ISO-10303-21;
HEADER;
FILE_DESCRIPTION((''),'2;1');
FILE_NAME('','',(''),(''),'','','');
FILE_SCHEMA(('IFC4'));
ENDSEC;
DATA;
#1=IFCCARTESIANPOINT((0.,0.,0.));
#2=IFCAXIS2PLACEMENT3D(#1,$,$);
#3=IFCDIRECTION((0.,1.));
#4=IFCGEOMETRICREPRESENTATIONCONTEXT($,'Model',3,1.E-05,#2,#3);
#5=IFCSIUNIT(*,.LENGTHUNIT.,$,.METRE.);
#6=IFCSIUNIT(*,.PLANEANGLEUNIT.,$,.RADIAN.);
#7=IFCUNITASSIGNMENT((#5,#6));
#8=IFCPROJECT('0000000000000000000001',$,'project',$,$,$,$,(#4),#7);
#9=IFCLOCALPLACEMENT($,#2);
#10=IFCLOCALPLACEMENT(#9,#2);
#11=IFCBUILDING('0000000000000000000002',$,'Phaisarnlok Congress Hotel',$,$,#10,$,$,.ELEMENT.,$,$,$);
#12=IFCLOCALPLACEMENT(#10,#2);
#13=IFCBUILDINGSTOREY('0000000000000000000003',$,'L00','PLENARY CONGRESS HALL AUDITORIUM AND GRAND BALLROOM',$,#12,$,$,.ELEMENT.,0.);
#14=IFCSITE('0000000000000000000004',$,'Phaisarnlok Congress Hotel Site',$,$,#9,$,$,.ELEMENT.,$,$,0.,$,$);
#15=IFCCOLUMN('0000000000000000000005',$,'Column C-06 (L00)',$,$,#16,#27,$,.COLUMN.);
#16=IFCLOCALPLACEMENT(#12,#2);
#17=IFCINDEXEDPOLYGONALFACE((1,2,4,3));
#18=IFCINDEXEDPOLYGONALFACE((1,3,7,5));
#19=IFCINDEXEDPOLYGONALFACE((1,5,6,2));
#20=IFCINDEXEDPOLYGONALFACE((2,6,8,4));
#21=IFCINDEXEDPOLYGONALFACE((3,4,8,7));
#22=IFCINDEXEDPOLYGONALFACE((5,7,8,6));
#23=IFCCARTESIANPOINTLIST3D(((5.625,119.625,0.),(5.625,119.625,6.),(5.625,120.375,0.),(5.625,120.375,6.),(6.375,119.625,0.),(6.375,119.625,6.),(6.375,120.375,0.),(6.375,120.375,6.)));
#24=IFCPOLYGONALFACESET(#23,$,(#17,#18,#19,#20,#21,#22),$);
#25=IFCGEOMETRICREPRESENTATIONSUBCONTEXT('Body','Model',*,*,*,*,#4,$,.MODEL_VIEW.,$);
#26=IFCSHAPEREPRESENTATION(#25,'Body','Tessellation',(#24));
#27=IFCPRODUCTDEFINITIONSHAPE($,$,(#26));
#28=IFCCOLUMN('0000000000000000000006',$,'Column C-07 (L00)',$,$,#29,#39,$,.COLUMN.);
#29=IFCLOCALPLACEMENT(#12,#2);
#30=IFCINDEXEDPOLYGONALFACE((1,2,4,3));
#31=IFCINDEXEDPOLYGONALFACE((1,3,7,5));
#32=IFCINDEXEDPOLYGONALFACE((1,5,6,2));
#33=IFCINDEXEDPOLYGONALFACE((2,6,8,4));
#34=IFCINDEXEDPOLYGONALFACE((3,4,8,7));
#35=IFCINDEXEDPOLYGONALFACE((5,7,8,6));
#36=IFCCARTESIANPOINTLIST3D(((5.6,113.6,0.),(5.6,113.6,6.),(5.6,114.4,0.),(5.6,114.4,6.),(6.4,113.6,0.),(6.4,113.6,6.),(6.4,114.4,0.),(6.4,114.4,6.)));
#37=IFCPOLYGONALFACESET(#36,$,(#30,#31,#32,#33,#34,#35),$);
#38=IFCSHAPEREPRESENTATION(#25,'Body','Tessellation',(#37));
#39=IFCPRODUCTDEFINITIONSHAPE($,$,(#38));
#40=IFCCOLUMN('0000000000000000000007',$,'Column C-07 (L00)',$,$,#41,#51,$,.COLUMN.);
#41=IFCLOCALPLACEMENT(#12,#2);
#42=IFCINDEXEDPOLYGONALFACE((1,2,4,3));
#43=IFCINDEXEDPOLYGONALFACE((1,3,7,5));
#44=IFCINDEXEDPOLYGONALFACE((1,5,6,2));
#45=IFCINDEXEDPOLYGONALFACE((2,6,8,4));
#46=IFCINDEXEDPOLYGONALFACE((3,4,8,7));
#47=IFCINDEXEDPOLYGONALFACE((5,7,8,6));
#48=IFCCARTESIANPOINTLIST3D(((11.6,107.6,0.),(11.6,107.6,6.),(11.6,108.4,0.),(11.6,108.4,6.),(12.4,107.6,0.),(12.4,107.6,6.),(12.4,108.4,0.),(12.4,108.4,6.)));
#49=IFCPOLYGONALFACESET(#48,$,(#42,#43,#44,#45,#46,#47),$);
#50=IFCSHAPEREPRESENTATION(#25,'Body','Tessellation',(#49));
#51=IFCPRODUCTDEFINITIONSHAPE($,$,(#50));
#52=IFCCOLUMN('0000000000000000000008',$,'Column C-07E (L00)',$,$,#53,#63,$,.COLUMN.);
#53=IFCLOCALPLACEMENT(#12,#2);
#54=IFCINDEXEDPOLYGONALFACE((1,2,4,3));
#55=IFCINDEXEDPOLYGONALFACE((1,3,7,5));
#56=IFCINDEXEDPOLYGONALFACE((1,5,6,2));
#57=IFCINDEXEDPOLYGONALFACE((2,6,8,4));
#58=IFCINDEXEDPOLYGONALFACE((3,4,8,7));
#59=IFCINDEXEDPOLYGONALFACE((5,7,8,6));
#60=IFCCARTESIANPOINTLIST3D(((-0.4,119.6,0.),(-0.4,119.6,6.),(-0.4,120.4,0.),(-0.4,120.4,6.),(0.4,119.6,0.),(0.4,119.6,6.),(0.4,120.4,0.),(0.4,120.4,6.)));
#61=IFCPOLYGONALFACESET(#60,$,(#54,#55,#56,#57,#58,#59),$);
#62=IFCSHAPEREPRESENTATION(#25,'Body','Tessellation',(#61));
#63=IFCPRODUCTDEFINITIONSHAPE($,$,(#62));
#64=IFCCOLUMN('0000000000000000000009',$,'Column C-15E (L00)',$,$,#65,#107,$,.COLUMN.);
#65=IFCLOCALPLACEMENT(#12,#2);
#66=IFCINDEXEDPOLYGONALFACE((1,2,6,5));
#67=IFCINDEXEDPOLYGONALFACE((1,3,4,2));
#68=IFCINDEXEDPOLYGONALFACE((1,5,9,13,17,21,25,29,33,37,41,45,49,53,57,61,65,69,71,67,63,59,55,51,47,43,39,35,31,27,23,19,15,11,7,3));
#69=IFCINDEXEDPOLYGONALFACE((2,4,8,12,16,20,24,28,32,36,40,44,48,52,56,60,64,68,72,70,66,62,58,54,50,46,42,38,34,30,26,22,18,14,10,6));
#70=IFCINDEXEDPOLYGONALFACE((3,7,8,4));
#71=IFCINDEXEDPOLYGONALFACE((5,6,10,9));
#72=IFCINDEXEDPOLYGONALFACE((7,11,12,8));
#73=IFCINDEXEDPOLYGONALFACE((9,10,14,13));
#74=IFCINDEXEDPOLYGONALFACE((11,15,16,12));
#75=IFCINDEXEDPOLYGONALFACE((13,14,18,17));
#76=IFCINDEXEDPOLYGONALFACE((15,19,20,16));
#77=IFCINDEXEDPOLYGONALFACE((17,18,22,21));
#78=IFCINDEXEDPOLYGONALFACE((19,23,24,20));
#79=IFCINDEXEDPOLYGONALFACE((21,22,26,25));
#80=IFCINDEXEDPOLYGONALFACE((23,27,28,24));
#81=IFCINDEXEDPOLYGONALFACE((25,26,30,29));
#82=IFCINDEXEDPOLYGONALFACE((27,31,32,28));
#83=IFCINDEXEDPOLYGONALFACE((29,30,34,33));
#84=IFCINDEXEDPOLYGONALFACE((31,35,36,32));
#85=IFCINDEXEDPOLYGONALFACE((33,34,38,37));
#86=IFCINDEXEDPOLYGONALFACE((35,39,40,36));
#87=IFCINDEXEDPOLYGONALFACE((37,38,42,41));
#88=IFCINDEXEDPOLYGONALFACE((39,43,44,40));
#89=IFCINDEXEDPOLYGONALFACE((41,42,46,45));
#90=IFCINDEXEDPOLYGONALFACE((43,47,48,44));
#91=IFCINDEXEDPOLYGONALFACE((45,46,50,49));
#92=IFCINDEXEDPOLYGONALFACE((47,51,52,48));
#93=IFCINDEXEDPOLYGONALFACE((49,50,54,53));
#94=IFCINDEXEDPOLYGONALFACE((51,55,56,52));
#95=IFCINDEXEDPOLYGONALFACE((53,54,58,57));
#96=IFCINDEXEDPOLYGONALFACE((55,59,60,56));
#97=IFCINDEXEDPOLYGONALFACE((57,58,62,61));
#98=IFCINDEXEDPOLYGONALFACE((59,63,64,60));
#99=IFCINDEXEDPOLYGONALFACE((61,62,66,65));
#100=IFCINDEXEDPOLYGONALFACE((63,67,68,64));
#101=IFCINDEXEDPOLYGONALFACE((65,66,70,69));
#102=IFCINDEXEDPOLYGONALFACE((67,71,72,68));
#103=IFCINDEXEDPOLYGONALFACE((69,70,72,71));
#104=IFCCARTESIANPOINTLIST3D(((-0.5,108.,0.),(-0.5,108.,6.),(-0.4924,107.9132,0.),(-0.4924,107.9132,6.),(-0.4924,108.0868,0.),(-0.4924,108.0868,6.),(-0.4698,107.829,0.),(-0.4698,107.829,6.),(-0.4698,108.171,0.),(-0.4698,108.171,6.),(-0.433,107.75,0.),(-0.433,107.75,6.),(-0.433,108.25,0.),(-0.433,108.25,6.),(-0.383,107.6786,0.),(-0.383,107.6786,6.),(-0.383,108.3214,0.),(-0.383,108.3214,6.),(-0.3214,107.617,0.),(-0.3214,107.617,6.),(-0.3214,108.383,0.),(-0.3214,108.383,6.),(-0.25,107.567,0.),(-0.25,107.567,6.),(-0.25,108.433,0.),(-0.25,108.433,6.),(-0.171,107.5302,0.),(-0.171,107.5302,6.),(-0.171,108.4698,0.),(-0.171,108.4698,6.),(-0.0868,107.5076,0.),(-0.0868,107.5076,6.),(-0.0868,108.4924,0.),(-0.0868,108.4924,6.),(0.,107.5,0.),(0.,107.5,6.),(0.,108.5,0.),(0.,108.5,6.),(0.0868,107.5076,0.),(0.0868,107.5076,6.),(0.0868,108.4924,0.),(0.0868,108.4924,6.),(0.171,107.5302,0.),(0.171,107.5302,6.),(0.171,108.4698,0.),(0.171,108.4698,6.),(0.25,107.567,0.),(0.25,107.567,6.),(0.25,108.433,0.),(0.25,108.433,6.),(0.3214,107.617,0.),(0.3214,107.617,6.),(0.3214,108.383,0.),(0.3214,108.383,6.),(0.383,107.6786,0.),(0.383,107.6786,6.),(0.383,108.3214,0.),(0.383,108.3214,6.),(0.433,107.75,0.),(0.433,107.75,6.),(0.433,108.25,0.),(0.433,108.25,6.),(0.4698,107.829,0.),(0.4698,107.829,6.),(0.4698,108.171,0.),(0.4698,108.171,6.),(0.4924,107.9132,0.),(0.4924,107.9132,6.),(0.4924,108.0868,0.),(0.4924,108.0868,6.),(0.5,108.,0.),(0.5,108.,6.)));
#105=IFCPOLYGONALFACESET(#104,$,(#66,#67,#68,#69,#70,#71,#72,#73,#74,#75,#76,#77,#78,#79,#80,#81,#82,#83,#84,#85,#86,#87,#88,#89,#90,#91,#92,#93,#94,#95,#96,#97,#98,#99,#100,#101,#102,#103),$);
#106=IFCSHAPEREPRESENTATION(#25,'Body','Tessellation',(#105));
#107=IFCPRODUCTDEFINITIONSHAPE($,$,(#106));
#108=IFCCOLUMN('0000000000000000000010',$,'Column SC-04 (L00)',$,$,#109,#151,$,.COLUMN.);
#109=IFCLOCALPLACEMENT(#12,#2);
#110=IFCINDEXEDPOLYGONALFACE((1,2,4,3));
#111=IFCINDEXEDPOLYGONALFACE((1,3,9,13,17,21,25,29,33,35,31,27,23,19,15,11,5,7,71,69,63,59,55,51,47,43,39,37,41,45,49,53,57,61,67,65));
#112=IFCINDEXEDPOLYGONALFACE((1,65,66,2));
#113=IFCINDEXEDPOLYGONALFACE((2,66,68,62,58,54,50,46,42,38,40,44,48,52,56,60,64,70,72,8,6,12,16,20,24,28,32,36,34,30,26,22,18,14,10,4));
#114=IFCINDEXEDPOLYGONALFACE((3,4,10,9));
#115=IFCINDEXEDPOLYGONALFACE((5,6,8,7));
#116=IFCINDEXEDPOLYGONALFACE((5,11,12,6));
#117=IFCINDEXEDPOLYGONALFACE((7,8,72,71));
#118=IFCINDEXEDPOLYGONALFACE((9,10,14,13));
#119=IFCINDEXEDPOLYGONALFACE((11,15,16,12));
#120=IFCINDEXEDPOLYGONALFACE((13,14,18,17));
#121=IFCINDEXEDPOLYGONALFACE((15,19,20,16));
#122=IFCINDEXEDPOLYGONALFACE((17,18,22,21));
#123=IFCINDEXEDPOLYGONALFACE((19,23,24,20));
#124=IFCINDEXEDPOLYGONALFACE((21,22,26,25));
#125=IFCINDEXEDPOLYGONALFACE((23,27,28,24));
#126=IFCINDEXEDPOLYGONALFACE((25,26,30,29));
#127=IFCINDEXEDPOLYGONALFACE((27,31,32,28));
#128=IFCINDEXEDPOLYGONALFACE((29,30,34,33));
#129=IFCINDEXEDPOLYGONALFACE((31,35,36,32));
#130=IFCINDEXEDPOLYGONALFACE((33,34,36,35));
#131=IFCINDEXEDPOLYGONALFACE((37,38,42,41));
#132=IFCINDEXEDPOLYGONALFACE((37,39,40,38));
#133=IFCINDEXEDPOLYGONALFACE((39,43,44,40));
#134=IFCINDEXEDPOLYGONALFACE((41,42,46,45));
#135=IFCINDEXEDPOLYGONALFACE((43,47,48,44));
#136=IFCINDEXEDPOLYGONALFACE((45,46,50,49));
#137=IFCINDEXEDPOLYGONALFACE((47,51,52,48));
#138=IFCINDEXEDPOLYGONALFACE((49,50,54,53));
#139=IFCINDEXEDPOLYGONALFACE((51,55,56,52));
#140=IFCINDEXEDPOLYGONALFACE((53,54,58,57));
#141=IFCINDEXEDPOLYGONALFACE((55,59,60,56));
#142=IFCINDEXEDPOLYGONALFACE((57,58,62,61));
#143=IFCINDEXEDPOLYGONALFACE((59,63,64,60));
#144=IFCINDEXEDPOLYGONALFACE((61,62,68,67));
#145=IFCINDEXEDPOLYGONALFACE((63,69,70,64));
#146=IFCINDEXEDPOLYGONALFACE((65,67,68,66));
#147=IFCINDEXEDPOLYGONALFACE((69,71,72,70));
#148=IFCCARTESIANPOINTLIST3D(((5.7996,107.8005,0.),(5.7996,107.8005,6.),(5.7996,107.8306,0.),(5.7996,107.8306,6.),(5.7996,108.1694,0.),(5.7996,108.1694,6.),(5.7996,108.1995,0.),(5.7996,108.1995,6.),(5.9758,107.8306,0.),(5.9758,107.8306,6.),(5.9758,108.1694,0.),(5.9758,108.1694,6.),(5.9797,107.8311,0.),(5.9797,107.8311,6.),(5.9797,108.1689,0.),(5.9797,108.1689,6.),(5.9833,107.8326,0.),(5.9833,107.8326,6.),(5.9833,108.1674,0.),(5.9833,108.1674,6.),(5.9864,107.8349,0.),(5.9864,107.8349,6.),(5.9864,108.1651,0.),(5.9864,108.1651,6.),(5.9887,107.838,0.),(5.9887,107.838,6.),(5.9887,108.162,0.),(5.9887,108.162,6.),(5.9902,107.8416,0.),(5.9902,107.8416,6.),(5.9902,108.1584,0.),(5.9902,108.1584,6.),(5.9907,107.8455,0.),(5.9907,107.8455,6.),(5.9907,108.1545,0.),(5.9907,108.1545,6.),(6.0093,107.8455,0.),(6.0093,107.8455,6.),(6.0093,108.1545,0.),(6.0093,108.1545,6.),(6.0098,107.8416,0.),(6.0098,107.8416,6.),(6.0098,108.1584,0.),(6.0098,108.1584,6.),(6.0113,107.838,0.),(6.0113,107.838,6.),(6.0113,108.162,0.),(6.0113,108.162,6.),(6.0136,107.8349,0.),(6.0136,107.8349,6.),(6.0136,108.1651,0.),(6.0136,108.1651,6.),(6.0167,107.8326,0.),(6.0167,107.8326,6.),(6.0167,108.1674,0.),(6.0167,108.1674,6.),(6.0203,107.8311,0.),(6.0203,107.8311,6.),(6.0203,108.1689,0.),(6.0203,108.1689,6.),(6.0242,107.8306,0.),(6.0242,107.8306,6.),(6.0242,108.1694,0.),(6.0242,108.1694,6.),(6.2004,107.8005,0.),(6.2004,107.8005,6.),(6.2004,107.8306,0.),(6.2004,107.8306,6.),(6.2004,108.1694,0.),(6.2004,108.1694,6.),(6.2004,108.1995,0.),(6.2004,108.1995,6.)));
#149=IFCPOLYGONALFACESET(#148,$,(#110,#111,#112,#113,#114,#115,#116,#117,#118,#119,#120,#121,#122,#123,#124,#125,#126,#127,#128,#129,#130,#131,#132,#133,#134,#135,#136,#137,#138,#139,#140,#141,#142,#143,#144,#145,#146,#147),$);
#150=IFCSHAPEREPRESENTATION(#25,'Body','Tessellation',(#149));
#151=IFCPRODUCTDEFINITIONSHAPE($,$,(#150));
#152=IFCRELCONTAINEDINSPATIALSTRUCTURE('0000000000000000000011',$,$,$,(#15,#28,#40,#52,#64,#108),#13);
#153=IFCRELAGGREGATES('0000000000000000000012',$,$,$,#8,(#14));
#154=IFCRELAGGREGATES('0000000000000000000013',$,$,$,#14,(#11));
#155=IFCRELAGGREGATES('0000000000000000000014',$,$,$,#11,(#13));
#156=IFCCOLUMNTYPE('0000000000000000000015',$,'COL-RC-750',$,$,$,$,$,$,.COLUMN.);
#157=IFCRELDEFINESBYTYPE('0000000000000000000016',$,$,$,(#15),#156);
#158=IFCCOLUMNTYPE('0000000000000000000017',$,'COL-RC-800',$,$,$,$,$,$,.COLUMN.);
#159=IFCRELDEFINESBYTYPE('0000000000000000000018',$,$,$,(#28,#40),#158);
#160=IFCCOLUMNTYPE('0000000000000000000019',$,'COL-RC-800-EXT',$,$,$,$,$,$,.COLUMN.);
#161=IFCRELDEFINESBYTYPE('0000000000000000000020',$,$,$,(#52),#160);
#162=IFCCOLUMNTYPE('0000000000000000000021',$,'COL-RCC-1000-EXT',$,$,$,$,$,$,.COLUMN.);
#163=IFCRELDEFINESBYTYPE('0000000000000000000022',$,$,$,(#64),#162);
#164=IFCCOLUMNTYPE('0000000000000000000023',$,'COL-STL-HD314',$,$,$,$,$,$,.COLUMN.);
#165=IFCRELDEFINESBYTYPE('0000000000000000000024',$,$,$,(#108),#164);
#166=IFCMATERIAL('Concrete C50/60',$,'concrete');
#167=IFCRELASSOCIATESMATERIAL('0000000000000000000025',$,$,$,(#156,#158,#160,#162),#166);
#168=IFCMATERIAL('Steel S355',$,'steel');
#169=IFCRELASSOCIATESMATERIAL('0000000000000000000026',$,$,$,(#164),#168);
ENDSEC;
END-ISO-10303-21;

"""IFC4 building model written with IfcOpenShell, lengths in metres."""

from ifc_helpers import new_model, si_unit, direction, frame, origin, origin_2d, place, context, subcontext, project, spatial, rectangle, circle, i_section, extrude, material, material_profile, profile_set, type_object, element, save


model = new_model("IFC4")

# Units and contexts
model_context = context("Model", 3, precision=1e-05, world=origin(), true_north=direction((0.0, 1.0)))
body_context = subcontext(model_context, "Body", "Model", "MODEL_VIEW")
ifc_project = project(units=[si_unit("LENGTHUNIT", "METRE"), si_unit("PLANEANGLEUNIT", "RADIAN")], contexts=[model_context])

# Site, building, storey
site_placement = place(None, origin())
site = spatial("IfcSite", under=ifc_project, at=site_placement, Name="Phaisarnlok Congress Hotel Site", CompositionType="ELEMENT", RefElevation=0.0)
building_placement = place(site_placement, origin())
building = spatial("IfcBuilding", under=site, at=building_placement, Name="Phaisarnlok Congress Hotel", CompositionType="ELEMENT")
storey_placement = place(building_placement, origin())
storey = spatial("IfcBuildingStorey", under=building, at=storey_placement, Name="L00", Description="PLENARY CONGRESS HALL AUDITORIUM AND GRAND BALLROOM", CompositionType="ELEMENT", Elevation=0.0)

# Columns
ifc_material_1 = material(Name="Concrete C50/60", Category="concrete")
ifc_material_profile_1 = material_profile(ifc_material_1, rectangle(XDim=0.75, YDim=0.75, at=origin_2d()), Name="RC 750x750")
ifc_profile_set_1 = profile_set([ifc_material_profile_1], Name="Concrete C50/60")
column_type_1 = type_object("IfcColumnType", Name="COL-RC-750", PredefinedType="COLUMN", material=ifc_profile_set_1)
column_1_placement = place(storey_placement, frame((6.0, 120.0, 0.0), z_axis=(0.0, 0.0, 1.0), x_axis=(1.0, 0.0, 0.0)))
element("IfcColumn", 1, at=column_1_placement, inside=storey, type_object=column_type_1, Name="Column C-06 (L00)", PredefinedType="COLUMN", context=body_context, shape_type="SweptSolid", body=[
    extrude(rectangle(XDim=0.75, YDim=0.75, at=origin_2d()), origin(), (0.0, 0.0, 1.0), 6.0),
])
ifc_material_profile_2 = material_profile(ifc_material_1, rectangle(XDim=0.8, YDim=0.8, at=origin_2d()), Name="RC 800x800")
ifc_profile_set_2 = profile_set([ifc_material_profile_2], Name="Concrete C50/60")
column_type_2 = type_object("IfcColumnType", Name="COL-RC-800", PredefinedType="COLUMN", material=ifc_profile_set_2)
for number, where, z_axis, x_axis, name in (
    (2, (6.0, 114.0, 0.0), (0.0, 0.0, 1.0), (1.0, 0.0, 0.0), "Column C-07 (L00)"),
    (3, (12.0, 108.0, 0.0), (0.0, 0.0, 1.0), (1.0, 0.0, 0.0), "Column C-07 (L00)"),
):
    element("IfcColumn", number, at=place(storey_placement, frame(where, z_axis=z_axis, x_axis=x_axis)), inside=storey, type_object=column_type_2, Name=name, PredefinedType="COLUMN", context=body_context, shape_type="SweptSolid", body=[
        extrude(rectangle(XDim=0.8, YDim=0.8, at=origin_2d()), origin(), (0.0, 0.0, 1.0), 6.0),
    ])
ifc_material_profile_3 = material_profile(ifc_material_1, rectangle(XDim=0.8, YDim=0.8, at=origin_2d()), Name="RC 800x800")
ifc_profile_set_3 = profile_set([ifc_material_profile_3], Name="Concrete C50/60")
column_type_3 = type_object("IfcColumnType", Name="COL-RC-800-EXT", PredefinedType="COLUMN", material=ifc_profile_set_3)
column_2_placement = place(storey_placement, frame((0.0, 120.0, 0.0), z_axis=(0.0, 0.0, 1.0), x_axis=(1.0, 0.0, 0.0)))
element("IfcColumn", 4, at=column_2_placement, inside=storey, type_object=column_type_3, Name="Column C-07E (L00)", PredefinedType="COLUMN", context=body_context, shape_type="SweptSolid", body=[
    extrude(rectangle(XDim=0.8, YDim=0.8, at=origin_2d()), origin(), (0.0, 0.0, 1.0), 6.0),
])
ifc_material_profile_4 = material_profile(ifc_material_1, circle(Radius=0.5, at=origin_2d()), Name="RCC D1000")
ifc_profile_set_4 = profile_set([ifc_material_profile_4], Name="Concrete C50/60")
column_type_4 = type_object("IfcColumnType", Name="COL-RCC-1000-EXT", PredefinedType="COLUMN", material=ifc_profile_set_4)
column_3_placement = place(storey_placement, frame((0.0, 108.0, 0.0), z_axis=(0.0, 0.0, 1.0), x_axis=(1.0, 0.0, 0.0)))
element("IfcColumn", 5, at=column_3_placement, inside=storey, type_object=column_type_4, Name="Column C-15E (L00)", PredefinedType="COLUMN", context=body_context, shape_type="SweptSolid", body=[
    extrude(circle(Radius=0.5, at=origin_2d()), origin(), (0.0, 0.0, 1.0), 6.0),
])
ifc_material_2 = material(Name="Steel S355", Category="steel")
ifc_material_profile_5 = material_profile(ifc_material_2, i_section(OverallWidth=0.4009, OverallDepth=0.3989, WebThickness=0.0186, FlangeThickness=0.03, FilletRadius=0.0149, at=origin_2d()), Name="HD 400x314")
ifc_profile_set_5 = profile_set([ifc_material_profile_5], Name="Steel S355")
column_type_5 = type_object("IfcColumnType", Name="COL-STL-HD314", PredefinedType="COLUMN", material=ifc_profile_set_5)
column_4_placement = place(storey_placement, frame((6.0, 108.0, 0.0), z_axis=(0.0, 0.0, 1.0), x_axis=(1.0, 0.0, 0.0)))
element("IfcColumn", 6, at=column_4_placement, inside=storey, type_object=column_type_5, Name="Column SC-04 (L00)", PredefinedType="COLUMN", context=body_context, shape_type="SweptSolid", body=[
    extrude(i_section(OverallWidth=0.4009, OverallDepth=0.3989, WebThickness=0.0186, FlangeThickness=0.03, FilletRadius=0.0149, at=origin_2d()), origin(), (0.0, 0.0, 1.0), 6.0),
])

save(model, "model.ifc")
